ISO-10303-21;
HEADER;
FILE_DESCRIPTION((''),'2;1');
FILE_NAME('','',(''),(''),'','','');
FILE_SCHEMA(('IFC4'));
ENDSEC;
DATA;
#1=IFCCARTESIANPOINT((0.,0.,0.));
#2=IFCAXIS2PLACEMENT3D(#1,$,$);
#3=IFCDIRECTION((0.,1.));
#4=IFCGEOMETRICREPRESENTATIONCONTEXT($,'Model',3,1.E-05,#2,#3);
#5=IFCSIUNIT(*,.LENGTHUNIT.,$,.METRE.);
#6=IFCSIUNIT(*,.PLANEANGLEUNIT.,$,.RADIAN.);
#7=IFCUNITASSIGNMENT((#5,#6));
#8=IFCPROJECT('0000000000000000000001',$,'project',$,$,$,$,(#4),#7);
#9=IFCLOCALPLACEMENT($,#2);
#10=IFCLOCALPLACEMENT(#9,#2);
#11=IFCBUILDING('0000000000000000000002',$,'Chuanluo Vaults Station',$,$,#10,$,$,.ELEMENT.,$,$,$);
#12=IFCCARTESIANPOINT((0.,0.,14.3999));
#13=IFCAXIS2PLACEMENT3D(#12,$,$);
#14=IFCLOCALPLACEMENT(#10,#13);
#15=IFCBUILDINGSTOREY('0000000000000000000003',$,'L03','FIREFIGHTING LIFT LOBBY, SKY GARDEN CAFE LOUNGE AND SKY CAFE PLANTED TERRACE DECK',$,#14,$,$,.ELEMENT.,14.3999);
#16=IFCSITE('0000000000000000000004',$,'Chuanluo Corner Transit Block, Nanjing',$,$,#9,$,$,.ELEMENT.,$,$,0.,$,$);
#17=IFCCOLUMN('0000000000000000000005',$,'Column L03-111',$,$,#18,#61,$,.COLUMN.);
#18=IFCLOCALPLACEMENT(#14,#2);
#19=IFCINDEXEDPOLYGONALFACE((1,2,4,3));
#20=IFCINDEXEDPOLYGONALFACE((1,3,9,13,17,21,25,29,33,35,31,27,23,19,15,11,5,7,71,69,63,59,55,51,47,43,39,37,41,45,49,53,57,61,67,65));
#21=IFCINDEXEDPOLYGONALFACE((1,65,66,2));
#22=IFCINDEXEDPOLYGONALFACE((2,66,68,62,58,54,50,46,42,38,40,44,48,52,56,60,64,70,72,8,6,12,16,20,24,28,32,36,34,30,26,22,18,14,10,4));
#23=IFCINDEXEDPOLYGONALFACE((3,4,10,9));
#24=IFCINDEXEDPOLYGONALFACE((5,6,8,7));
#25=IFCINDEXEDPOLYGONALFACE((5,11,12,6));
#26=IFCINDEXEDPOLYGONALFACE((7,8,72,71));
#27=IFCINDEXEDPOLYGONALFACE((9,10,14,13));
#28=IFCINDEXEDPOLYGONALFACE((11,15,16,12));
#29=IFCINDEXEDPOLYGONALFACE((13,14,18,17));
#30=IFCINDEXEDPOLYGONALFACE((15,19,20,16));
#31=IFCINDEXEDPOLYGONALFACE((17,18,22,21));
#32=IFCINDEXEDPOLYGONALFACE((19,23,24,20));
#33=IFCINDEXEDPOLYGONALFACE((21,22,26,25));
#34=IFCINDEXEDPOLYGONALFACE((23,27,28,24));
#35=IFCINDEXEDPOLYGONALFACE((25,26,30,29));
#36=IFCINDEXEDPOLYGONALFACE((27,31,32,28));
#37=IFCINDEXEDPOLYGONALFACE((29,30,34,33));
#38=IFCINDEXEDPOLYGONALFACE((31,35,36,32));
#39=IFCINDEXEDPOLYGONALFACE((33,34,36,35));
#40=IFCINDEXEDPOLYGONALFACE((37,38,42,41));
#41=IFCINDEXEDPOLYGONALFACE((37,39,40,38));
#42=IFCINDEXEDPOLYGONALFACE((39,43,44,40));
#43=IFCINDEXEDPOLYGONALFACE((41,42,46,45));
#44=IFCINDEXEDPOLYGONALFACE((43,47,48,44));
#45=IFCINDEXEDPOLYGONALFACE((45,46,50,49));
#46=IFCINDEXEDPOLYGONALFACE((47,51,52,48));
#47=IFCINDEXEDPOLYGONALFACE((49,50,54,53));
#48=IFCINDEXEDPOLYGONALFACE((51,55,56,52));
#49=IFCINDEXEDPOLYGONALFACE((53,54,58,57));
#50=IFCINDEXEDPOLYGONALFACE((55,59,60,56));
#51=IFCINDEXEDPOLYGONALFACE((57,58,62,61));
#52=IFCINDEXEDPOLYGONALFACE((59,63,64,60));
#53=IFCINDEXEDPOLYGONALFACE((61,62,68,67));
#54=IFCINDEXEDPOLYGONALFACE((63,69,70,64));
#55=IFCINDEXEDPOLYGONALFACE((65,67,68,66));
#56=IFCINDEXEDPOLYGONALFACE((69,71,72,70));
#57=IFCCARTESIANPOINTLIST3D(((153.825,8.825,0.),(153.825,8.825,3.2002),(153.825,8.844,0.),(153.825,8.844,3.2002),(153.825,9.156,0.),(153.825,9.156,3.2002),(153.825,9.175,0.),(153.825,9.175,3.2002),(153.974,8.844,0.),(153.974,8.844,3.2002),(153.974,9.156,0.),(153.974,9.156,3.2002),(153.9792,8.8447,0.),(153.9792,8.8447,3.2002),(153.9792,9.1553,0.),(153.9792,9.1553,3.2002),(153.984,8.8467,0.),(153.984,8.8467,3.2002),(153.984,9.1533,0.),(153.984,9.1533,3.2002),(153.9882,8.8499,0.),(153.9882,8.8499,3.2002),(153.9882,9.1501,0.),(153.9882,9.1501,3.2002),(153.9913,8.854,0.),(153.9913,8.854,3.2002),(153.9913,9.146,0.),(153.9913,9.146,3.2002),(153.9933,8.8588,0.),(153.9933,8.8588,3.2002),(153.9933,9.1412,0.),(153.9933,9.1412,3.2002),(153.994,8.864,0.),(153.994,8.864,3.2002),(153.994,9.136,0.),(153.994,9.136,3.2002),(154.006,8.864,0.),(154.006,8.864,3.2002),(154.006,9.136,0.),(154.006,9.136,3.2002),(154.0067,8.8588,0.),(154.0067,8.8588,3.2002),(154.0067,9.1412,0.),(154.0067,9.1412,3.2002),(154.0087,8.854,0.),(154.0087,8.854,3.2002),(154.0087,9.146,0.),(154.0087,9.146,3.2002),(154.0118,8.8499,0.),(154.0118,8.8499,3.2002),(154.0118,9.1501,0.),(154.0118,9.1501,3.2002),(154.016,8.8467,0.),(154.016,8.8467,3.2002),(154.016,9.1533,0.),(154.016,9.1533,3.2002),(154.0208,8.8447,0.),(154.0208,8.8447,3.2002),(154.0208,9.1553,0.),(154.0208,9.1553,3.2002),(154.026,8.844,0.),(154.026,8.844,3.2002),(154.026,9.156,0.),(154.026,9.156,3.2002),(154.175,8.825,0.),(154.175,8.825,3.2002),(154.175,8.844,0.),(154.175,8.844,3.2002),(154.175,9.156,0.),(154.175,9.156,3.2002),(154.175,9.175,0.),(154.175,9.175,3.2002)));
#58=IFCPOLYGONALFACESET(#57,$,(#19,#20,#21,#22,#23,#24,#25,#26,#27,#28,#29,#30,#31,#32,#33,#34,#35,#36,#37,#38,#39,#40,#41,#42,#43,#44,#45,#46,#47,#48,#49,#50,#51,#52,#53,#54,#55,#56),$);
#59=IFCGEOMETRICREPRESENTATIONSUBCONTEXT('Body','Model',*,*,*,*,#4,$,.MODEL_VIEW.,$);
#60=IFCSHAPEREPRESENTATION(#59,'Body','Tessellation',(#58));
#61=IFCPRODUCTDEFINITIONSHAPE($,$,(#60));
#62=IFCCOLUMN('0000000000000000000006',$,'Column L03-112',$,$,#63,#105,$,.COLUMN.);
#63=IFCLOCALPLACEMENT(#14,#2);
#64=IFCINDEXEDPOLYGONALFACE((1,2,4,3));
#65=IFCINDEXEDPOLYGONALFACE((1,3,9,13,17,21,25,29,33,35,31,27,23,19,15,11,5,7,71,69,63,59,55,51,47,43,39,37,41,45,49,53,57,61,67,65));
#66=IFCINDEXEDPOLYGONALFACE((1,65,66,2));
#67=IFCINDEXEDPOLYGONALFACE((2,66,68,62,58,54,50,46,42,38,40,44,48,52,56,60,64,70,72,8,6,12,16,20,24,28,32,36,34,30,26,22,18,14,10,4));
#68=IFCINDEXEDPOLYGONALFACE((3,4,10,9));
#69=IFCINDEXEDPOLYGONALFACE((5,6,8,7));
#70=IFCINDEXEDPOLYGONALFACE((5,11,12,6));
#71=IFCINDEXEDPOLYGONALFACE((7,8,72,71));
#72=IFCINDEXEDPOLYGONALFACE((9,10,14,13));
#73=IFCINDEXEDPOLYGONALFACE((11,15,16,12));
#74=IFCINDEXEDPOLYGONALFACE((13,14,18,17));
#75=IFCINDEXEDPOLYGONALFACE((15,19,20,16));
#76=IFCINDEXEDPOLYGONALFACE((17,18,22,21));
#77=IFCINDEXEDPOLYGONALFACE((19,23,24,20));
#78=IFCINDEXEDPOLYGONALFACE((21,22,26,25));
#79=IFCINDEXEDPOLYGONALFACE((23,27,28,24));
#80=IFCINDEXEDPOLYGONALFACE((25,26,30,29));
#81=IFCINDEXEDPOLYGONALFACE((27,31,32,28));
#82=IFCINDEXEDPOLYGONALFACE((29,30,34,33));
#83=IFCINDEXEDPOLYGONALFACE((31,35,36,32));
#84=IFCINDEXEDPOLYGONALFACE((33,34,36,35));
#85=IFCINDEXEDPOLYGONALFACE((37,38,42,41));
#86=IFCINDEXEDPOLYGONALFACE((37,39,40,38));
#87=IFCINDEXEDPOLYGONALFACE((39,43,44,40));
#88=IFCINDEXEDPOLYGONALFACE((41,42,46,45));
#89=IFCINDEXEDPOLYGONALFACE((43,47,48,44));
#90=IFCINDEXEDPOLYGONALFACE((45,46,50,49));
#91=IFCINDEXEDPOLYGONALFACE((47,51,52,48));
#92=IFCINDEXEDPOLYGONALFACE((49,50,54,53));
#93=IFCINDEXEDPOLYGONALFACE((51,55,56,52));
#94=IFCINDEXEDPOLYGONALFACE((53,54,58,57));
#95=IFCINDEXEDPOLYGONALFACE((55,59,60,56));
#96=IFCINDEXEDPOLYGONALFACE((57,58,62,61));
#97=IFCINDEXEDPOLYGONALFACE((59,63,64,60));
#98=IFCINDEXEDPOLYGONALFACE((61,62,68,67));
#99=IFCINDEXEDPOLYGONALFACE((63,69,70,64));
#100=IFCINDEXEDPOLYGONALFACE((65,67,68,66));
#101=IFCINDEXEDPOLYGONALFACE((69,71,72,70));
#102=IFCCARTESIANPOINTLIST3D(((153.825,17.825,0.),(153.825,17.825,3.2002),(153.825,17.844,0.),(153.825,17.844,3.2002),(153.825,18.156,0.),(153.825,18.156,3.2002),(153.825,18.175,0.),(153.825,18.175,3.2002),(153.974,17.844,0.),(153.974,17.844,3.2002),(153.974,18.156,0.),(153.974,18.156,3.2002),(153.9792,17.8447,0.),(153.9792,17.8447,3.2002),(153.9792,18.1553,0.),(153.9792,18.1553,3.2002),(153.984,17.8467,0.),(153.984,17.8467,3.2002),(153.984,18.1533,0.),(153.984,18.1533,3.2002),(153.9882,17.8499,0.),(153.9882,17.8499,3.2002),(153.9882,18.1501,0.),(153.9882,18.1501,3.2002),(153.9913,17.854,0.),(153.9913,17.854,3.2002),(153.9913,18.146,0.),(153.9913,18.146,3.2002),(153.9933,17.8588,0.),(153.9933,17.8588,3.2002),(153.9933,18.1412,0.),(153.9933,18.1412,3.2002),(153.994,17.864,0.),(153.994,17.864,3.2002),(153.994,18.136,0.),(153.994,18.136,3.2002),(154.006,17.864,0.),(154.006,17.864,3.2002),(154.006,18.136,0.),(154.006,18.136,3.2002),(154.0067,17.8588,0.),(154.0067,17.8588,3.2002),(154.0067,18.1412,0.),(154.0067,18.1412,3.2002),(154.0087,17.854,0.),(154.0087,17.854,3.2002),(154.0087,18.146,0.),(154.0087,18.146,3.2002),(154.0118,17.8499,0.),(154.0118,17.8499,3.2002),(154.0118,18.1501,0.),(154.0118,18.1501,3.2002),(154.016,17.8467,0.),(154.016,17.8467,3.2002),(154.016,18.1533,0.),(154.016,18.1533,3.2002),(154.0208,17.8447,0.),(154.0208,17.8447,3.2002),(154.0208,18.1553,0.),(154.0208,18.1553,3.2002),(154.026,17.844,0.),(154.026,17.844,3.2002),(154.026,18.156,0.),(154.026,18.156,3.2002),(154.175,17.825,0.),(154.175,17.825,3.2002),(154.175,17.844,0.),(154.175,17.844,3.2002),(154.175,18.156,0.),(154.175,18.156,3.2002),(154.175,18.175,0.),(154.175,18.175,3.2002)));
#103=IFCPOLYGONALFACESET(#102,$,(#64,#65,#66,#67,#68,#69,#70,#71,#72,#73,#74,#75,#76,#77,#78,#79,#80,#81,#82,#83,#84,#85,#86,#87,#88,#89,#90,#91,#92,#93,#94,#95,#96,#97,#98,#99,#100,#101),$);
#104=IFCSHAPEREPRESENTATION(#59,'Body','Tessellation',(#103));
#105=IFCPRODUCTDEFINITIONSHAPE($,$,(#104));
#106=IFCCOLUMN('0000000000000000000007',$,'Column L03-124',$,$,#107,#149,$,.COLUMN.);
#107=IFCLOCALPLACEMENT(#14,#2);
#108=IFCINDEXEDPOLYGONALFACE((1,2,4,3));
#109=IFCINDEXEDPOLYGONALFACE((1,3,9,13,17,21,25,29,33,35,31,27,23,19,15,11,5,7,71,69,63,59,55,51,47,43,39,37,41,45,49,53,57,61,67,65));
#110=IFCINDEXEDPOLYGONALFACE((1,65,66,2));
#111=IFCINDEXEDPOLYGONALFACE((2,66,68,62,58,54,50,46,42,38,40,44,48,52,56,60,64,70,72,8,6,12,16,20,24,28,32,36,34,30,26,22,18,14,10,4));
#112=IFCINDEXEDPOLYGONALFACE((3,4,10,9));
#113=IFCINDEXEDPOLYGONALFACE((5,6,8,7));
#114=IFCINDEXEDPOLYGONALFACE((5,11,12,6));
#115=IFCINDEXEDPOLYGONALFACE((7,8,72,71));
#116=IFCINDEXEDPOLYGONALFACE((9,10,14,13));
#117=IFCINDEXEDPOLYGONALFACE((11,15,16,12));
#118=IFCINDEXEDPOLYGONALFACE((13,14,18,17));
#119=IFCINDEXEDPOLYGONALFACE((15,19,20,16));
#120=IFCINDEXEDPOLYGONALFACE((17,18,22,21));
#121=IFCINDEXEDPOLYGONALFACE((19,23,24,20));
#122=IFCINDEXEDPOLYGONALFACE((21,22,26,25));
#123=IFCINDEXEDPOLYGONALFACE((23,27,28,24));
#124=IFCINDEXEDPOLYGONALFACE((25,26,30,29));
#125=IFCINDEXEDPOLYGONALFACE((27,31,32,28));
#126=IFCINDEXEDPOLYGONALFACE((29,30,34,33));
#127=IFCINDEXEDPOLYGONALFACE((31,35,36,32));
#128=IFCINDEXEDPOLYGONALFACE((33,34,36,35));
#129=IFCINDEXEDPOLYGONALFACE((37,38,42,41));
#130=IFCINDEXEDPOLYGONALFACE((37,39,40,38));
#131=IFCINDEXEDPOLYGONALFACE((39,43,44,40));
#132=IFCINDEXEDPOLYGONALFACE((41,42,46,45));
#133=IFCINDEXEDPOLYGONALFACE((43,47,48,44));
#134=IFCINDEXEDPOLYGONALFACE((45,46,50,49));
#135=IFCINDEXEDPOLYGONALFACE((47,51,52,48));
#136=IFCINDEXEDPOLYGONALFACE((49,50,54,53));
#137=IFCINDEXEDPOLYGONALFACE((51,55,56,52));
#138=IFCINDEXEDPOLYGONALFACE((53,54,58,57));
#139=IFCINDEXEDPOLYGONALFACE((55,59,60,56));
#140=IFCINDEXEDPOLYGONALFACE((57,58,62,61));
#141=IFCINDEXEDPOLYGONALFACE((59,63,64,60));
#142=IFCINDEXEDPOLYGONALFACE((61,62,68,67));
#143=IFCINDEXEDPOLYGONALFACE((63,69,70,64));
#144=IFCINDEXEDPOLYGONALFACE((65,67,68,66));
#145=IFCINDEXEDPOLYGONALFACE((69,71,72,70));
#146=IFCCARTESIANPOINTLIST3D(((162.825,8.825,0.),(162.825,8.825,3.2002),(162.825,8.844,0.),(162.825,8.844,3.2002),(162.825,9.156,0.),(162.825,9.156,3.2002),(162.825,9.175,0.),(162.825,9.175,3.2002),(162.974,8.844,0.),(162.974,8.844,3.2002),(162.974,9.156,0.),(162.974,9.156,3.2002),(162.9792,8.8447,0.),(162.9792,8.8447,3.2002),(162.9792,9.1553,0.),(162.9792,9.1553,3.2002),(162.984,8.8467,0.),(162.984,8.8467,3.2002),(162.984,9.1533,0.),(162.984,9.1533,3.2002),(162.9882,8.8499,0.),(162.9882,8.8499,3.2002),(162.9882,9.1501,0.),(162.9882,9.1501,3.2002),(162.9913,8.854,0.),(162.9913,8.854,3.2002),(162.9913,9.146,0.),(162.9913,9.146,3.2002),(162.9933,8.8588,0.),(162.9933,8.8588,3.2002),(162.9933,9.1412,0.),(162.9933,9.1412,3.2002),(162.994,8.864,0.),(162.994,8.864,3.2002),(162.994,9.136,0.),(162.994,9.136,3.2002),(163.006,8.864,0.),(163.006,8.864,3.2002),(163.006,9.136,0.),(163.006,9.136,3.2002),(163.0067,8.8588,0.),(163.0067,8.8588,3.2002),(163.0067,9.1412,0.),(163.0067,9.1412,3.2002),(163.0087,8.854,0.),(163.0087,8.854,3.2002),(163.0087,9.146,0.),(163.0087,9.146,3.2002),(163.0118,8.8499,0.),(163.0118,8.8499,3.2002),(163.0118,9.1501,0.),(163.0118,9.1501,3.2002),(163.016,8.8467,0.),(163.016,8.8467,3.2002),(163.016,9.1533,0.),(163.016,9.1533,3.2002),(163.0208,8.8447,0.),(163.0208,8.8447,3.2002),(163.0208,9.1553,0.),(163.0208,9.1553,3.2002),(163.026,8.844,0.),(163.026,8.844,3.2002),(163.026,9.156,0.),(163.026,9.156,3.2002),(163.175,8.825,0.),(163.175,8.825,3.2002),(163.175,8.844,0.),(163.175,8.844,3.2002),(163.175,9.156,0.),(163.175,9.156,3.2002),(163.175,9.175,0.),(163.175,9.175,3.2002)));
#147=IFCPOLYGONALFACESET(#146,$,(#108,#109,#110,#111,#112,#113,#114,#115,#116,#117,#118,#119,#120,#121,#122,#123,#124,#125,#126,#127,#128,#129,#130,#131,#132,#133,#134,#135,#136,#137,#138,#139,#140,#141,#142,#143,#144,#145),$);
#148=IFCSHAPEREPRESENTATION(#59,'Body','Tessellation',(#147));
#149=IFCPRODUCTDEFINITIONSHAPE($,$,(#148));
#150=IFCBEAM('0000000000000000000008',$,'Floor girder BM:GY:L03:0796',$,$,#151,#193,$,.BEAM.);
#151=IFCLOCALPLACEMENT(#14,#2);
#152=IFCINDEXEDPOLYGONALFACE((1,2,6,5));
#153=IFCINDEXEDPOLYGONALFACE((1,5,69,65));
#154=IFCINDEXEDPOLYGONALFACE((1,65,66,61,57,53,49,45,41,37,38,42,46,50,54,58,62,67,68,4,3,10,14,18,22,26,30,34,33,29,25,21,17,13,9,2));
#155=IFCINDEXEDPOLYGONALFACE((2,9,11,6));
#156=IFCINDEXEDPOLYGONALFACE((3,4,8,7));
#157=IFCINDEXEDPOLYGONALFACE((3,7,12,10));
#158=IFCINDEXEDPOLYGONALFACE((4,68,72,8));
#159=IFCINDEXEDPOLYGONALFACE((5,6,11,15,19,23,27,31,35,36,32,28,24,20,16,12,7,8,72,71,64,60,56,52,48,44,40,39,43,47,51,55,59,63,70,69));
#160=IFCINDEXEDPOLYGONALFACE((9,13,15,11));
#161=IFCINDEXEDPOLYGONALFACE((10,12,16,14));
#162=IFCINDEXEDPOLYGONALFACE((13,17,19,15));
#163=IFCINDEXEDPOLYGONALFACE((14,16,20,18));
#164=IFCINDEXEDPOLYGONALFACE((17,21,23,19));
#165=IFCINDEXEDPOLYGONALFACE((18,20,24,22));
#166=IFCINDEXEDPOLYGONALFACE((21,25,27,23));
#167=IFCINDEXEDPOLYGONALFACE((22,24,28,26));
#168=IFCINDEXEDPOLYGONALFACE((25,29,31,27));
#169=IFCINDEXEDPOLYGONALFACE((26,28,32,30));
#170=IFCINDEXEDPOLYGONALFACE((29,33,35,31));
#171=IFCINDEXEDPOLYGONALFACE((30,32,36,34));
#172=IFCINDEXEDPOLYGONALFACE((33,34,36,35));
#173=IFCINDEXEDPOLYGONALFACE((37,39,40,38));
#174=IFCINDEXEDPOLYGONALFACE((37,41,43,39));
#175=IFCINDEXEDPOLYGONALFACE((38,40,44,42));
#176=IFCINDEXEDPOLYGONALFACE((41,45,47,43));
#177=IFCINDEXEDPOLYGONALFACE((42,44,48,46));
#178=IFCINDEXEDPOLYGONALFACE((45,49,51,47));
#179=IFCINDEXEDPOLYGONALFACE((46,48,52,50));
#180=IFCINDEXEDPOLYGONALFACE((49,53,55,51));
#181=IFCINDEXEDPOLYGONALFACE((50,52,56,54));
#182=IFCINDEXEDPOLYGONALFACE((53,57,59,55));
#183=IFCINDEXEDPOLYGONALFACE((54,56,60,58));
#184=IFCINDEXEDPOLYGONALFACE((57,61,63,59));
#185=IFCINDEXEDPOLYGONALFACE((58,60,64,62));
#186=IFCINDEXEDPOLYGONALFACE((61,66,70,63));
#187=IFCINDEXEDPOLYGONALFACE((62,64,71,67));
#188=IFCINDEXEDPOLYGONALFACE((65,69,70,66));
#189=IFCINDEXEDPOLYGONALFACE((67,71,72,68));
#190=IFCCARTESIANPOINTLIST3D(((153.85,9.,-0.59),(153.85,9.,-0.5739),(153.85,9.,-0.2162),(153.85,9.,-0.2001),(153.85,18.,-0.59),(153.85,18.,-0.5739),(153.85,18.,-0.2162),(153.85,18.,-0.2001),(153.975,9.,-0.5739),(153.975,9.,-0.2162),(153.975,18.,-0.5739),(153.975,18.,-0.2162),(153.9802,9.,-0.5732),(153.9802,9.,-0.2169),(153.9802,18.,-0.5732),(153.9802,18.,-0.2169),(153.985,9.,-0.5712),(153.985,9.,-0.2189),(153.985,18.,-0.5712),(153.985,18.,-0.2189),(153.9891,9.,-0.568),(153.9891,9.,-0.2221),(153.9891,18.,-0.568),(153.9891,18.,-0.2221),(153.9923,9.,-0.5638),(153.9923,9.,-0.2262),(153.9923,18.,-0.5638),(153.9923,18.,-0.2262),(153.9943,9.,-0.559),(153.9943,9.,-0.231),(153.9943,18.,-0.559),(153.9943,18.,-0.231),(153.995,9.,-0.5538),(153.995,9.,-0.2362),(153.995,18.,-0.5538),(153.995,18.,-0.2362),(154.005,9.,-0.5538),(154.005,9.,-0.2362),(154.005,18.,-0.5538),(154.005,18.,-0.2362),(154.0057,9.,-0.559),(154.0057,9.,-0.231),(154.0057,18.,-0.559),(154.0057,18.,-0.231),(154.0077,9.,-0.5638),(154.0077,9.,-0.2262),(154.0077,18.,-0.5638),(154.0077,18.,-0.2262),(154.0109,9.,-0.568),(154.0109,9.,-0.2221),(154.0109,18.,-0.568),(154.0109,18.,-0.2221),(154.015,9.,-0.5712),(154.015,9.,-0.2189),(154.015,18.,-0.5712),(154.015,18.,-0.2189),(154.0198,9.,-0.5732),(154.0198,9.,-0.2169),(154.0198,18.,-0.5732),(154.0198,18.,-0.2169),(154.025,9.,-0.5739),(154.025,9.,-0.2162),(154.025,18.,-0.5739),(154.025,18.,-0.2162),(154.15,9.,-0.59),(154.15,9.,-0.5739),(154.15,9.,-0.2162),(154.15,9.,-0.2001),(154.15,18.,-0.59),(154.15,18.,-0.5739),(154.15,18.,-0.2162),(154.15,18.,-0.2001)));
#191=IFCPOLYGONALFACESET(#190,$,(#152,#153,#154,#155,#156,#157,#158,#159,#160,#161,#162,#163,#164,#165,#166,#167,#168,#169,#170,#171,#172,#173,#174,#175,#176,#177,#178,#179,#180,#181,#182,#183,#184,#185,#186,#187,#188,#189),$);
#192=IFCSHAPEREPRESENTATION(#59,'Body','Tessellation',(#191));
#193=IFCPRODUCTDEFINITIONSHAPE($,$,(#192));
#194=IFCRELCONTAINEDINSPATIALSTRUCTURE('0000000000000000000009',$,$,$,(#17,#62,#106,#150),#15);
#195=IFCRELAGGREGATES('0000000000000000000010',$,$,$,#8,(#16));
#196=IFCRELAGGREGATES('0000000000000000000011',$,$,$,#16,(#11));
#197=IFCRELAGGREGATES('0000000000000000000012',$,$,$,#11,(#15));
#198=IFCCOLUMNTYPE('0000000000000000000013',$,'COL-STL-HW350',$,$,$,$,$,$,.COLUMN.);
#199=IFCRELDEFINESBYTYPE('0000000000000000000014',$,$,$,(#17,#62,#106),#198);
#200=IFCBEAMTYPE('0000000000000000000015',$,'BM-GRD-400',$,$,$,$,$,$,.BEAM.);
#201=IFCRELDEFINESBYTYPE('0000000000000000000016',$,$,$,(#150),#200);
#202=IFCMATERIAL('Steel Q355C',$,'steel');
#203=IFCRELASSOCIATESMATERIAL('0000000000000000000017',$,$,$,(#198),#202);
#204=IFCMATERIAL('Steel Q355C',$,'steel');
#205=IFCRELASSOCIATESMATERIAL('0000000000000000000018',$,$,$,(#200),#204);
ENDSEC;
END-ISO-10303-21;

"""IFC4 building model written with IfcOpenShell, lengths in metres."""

from ifc_helpers import new_model, si_unit, direction, frame, origin, origin_2d, place, context, subcontext, project, spatial, i_section, extrude, material, material_profile, profile_set, type_object, element, save


model = new_model("IFC4")

# Units and contexts
model_context = context("Model", 3, precision=1e-05, world=origin(), true_north=direction((0.0, 1.0)))
body_context = subcontext(model_context, "Body", "Model", "MODEL_VIEW")
ifc_project = project(units=[si_unit("LENGTHUNIT", "METRE"), si_unit("PLANEANGLEUNIT", "RADIAN")], contexts=[model_context])

# Site, building, storey
site_placement = place(None, origin())
site = spatial("IfcSite", under=ifc_project, at=site_placement, Name="Chuanluo Corner Transit Block, Nanjing", CompositionType="ELEMENT", RefElevation=0.0)
building_placement = place(site_placement, origin())
building = spatial("IfcBuilding", under=site, at=building_placement, Name="Chuanluo Vaults Station", CompositionType="ELEMENT")
storey_placement = place(building_placement, frame((0.0, 0.0, 14.3999)))
storey = spatial("IfcBuildingStorey", under=building, at=storey_placement, Name="L03", Description="FIREFIGHTING LIFT LOBBY, SKY GARDEN CAFE LOUNGE AND SKY CAFE PLANTED TERRACE DECK", CompositionType="ELEMENT", Elevation=14.3999)

# Columns
ifc_material_1 = material(Name="Steel Q355C", Category="steel")
ifc_material_profile_1 = material_profile(ifc_material_1, i_section(OverallWidth=0.3501, OverallDepth=0.3501, WebThickness=0.012, FlangeThickness=0.019, FilletRadius=0.02, at=origin_2d()))
ifc_profile_set_1 = profile_set([ifc_material_profile_1], Name="Steel Q355C")
column_type = type_object("IfcColumnType", Name="COL-STL-HW350", PredefinedType="COLUMN", material=ifc_profile_set_1)
for number, where, z_axis, x_axis, name in (
    (1, (154.0, 9.0, 0.0), (0.0, 0.0, 1.0), (1.0, 0.0, 0.0), "Column L03-111"),
    (2, (154.0, 18.0, 0.0), (0.0, 0.0, 1.0), (1.0, 0.0, 0.0), "Column L03-112"),
    (3, (163.0, 9.0, 0.0), (0.0, 0.0, 1.0), (1.0, 0.0, 0.0), "Column L03-124"),
):
    element("IfcColumn", number, at=place(storey_placement, frame(where, z_axis=z_axis, x_axis=x_axis)), inside=storey, type_object=column_type, Name=name, PredefinedType="COLUMN", context=body_context, shape_type="SweptSolid", body=[
        extrude(i_section(OverallWidth=0.3501, OverallDepth=0.3501, WebThickness=0.012, FlangeThickness=0.019, FilletRadius=0.02, at=origin_2d()), origin(), (0.0, 0.0, 1.0), 3.2002),
    ])

# Beam
ifc_material_2 = material(Name="Steel Q355C", Category="steel")
ifc_material_profile_2 = material_profile(ifc_material_2, i_section(OverallWidth=0.3, OverallDepth=0.3899, WebThickness=0.01, FlangeThickness=0.0161, FilletRadius=0.02, at=origin_2d()))
ifc_profile_set_2 = profile_set([ifc_material_profile_2], Name="Steel Q355C")
beam_type_1 = type_object("IfcBeamType", Name="BM-GRD-400", PredefinedType="BEAM", material=ifc_profile_set_2)
beam_1_placement = place(storey_placement, frame((154.0, 9.0, -0.395), z_axis=(0.0, 1.0, 0.0), x_axis=(-1.0, 0.0, 0.0)))
element("IfcBeam", 4, at=beam_1_placement, inside=storey, type_object=beam_type_1, Name="Floor girder BM:GY:L03:0796", PredefinedType="BEAM", context=body_context, shape_type="SweptSolid", body=[
    extrude(i_section(OverallWidth=0.3, OverallDepth=0.3899, WebThickness=0.01, FlangeThickness=0.0161, FilletRadius=0.02, at=origin_2d()), origin(), (0.0, 0.0, 1.0), 9.0),
])

save(model, "model.ifc")
